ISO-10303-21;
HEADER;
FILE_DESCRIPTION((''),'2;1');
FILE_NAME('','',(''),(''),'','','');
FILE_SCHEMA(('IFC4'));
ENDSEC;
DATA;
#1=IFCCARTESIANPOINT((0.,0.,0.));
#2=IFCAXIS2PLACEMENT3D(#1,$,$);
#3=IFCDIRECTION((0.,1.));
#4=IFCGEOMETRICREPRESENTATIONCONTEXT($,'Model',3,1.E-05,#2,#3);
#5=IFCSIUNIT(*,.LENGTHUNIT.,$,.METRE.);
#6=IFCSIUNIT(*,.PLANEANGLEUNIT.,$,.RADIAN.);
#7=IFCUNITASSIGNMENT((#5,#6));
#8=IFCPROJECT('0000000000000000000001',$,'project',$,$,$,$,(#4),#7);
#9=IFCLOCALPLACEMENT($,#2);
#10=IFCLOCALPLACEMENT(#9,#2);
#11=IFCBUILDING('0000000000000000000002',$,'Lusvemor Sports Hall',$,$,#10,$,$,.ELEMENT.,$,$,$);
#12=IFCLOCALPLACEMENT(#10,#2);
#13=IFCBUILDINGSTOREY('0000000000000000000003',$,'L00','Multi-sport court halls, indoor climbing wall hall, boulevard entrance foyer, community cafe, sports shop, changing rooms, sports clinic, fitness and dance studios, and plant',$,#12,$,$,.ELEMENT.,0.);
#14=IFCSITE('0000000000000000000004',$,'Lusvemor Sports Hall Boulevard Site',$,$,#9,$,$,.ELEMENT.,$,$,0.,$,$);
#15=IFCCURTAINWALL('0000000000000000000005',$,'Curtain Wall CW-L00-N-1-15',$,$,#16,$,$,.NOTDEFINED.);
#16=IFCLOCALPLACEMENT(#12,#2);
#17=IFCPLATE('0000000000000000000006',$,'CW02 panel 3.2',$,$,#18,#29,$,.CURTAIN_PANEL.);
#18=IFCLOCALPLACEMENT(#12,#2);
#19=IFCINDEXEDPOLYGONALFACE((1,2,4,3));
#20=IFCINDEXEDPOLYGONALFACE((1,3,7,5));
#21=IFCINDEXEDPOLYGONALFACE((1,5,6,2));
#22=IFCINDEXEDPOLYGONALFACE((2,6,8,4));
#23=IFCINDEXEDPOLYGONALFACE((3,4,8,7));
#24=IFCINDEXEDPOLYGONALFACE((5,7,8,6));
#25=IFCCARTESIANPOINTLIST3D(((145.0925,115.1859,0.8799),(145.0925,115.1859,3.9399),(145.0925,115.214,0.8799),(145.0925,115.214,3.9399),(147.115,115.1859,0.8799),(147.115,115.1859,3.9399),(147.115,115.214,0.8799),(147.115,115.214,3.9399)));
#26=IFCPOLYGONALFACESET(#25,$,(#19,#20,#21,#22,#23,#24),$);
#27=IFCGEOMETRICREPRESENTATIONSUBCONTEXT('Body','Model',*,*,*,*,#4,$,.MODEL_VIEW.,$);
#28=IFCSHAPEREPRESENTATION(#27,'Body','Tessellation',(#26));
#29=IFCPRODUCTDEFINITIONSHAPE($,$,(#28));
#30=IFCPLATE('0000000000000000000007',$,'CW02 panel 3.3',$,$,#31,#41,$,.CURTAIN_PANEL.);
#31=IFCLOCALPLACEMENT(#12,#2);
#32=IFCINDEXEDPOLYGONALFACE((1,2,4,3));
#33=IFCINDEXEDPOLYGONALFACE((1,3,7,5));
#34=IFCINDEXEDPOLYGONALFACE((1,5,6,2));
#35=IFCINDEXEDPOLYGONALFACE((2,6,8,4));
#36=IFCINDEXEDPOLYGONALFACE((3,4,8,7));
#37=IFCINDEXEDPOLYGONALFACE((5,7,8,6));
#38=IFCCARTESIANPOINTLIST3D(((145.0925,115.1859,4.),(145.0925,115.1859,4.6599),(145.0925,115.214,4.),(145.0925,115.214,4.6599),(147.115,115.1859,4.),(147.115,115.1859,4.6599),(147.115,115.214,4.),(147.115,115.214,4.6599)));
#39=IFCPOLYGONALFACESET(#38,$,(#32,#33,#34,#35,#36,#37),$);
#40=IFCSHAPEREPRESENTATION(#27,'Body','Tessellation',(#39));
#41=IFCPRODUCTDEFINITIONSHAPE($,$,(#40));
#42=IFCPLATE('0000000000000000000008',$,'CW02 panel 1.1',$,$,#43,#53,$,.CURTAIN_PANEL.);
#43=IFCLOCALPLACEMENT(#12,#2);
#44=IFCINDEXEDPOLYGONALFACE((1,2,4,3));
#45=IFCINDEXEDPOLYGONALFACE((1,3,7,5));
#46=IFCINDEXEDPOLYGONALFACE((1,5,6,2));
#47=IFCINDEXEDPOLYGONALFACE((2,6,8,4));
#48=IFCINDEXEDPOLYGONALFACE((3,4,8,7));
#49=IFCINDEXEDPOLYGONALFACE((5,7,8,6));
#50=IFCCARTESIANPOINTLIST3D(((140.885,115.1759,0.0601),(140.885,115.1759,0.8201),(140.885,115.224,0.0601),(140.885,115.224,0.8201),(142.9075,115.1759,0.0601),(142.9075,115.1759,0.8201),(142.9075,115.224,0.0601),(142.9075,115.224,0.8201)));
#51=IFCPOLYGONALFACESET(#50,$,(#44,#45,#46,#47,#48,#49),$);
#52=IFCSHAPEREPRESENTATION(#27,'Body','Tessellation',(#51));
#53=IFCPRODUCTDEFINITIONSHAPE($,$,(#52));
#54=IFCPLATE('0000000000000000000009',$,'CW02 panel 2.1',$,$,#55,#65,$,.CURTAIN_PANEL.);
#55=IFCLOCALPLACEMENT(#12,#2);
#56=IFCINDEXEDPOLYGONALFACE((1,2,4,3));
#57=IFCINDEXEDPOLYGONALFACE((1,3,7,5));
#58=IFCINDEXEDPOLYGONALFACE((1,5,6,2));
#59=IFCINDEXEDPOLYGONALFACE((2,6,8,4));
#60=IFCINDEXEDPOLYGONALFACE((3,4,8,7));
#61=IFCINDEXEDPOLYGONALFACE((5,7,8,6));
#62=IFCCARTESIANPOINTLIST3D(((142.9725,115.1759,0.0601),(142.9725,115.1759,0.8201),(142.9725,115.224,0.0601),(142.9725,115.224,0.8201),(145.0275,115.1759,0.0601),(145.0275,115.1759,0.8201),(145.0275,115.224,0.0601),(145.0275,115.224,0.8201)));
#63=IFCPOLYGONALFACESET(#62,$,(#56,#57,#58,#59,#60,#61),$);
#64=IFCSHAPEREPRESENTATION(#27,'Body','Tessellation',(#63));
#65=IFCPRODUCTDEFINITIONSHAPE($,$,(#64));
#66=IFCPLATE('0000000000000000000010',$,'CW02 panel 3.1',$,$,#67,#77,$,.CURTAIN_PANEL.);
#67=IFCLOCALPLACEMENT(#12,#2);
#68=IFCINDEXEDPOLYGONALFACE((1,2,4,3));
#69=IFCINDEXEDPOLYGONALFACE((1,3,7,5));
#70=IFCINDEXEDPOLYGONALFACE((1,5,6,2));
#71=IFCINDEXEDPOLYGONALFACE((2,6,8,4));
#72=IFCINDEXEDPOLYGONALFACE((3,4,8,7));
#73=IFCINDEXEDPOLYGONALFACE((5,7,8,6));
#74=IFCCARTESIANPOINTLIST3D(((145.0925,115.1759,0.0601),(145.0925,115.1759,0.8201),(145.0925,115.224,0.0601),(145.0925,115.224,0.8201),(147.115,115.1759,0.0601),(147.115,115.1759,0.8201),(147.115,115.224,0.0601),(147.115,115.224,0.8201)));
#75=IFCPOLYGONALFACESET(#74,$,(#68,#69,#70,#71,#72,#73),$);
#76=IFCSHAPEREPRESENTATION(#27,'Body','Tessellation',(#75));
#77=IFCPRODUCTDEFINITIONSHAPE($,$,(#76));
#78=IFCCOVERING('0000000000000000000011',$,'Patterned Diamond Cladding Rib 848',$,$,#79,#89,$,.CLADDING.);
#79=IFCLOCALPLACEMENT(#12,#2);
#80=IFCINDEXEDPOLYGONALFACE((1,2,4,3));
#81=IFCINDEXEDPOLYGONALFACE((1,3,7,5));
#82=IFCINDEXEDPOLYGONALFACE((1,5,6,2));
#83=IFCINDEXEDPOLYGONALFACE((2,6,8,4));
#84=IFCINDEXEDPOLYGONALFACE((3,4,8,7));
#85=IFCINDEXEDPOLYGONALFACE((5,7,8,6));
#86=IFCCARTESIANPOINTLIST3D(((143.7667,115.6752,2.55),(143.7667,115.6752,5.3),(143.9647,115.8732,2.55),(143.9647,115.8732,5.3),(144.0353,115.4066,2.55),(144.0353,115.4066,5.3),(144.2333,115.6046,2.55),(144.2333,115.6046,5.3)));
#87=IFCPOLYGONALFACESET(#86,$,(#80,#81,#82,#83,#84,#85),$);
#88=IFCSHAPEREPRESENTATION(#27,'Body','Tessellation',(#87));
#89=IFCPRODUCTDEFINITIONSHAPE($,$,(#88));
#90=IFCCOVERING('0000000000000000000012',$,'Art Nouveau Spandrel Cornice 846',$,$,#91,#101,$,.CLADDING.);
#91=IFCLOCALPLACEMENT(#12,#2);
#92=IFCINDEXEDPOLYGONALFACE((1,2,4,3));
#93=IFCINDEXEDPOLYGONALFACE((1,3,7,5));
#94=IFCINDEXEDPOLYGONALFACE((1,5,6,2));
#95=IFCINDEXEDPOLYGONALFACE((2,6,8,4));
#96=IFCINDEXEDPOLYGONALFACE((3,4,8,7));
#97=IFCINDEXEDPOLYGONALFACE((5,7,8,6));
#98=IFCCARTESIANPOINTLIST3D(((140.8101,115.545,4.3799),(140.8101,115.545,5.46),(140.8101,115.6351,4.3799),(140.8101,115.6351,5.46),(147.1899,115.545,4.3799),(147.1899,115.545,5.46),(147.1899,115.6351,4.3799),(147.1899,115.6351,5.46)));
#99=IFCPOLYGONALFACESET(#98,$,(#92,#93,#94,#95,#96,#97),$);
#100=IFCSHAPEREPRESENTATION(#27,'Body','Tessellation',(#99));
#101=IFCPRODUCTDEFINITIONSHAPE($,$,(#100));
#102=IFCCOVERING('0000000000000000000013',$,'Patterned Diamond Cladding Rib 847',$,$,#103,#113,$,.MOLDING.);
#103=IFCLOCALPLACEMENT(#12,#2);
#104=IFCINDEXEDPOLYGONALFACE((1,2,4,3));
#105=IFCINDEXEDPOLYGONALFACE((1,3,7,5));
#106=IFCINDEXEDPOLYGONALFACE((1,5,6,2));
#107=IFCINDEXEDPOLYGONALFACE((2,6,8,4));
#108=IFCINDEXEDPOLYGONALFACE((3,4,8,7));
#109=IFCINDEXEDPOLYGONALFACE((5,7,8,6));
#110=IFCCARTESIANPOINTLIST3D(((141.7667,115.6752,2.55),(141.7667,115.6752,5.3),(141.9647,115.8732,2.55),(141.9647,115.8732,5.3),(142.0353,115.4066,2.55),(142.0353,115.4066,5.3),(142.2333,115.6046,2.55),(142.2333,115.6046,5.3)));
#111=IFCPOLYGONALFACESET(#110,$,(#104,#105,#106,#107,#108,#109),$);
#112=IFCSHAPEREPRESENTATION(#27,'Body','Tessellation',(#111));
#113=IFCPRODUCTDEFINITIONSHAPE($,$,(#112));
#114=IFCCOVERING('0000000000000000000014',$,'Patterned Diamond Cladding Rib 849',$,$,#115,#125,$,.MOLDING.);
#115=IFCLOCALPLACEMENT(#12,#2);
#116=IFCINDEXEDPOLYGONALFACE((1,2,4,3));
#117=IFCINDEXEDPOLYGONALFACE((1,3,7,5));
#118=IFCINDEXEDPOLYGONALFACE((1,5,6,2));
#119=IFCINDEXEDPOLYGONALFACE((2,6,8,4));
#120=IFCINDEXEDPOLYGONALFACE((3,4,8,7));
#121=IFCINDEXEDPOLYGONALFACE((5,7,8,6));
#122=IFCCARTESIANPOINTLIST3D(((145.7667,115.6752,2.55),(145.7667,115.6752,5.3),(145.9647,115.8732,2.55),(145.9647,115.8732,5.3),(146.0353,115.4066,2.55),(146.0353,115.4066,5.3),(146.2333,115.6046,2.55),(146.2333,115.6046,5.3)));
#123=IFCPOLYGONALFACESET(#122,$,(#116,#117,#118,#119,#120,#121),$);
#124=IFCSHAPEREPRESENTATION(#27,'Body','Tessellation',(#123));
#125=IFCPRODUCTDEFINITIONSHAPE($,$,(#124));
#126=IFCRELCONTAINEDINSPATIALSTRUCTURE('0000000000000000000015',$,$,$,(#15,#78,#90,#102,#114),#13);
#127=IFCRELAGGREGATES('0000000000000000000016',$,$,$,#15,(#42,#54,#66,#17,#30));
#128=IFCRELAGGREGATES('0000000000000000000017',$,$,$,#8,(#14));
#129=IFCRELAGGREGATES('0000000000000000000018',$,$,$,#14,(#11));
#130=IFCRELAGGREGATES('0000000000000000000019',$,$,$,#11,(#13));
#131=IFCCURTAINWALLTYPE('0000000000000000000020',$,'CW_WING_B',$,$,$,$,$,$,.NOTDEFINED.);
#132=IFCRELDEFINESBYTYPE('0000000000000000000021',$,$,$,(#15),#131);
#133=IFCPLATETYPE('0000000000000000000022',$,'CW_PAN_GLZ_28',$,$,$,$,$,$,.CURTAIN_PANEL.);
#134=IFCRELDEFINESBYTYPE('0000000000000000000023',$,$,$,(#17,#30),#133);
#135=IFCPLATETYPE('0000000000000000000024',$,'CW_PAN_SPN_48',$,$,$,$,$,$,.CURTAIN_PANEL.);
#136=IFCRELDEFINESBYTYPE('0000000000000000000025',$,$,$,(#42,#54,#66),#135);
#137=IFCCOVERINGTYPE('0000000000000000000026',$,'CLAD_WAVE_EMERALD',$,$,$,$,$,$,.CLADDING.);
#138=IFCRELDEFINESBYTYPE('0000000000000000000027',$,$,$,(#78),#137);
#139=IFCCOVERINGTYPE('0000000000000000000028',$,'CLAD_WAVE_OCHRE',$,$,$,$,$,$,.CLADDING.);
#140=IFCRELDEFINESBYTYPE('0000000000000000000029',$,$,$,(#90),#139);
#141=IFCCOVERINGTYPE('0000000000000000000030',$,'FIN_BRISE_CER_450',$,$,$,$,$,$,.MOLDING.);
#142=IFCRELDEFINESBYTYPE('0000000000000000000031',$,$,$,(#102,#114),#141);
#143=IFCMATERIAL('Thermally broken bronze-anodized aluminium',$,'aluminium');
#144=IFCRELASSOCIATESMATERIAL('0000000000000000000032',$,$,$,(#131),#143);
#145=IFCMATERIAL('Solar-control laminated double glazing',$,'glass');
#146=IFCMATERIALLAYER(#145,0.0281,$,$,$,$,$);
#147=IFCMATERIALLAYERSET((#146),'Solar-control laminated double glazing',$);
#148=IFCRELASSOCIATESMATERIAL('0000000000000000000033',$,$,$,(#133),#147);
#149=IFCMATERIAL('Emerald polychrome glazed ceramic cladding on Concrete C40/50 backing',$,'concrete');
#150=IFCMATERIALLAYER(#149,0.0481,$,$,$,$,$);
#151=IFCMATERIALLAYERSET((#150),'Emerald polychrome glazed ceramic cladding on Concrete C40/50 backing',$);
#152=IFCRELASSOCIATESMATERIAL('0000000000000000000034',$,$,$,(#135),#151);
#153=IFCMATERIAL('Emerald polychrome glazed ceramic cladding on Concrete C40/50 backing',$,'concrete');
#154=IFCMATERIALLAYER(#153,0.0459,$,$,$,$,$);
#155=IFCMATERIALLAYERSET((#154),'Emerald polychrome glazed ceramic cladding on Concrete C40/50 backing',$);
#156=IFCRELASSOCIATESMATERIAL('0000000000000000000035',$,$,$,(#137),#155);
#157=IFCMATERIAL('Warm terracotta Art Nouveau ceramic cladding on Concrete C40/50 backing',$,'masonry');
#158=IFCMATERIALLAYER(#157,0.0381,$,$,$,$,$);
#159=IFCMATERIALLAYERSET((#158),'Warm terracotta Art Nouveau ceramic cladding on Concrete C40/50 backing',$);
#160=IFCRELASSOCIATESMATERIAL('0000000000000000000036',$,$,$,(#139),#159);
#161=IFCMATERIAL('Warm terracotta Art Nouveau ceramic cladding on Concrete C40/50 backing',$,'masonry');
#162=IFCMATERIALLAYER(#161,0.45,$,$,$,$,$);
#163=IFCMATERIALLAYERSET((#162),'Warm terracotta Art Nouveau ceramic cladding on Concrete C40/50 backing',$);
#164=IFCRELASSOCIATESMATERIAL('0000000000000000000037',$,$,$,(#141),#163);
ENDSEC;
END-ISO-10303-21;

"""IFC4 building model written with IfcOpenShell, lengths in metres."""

from ifc_helpers import new_model, si_unit, direction, frame, origin, origin_2d, place, context, subcontext, project, spatial, rectangle, extrude, material, layer, layer_set, type_object, element, aggregate, save


model = new_model("IFC4")

# Units and contexts
model_context = context("Model", 3, precision=1e-05, world=origin(), true_north=direction((0.0, 1.0)))
body_context = subcontext(model_context, "Body", "Model", "MODEL_VIEW")
ifc_project = project(units=[si_unit("LENGTHUNIT", "METRE"), si_unit("PLANEANGLEUNIT", "RADIAN")], contexts=[model_context])

# Site, building, storey
site_placement = place(None, origin())
site = spatial("IfcSite", under=ifc_project, at=site_placement, Name="Lusvemor Sports Hall Boulevard Site", CompositionType="ELEMENT", RefElevation=0.0)
building_placement = place(site_placement, origin())
building = spatial("IfcBuilding", under=site, at=building_placement, Name="Lusvemor Sports Hall", CompositionType="ELEMENT")
storey_placement = place(building_placement, origin())
storey = spatial("IfcBuildingStorey", under=building, at=storey_placement, Name="L00", Description="Multi-sport court halls, indoor climbing wall hall, boulevard entrance foyer, community cafe, sports shop, changing rooms, sports clinic, fitness and dance studios, and plant", CompositionType="ELEMENT", Elevation=0.0)

# Curtain wall, plates
ifc_material_1 = material(Name="Thermally broken bronze-anodized aluminium", Category="aluminium")
curtain_wall_type = type_object("IfcCurtainWallType", Name="CW_WING_B", PredefinedType="NOTDEFINED", material=ifc_material_1)
curtain_wall_placement = place(storey_placement, origin())
curtain_wall = element("IfcCurtainWall", 1, at=curtain_wall_placement, inside=storey, type_object=curtain_wall_type, Name="Curtain Wall CW-L00-N-1-15", PredefinedType="NOTDEFINED")
ifc_material_2 = material(Name="Solar-control laminated double glazing", Category="glass")
ifc_layer_1 = layer(ifc_material_2, 0.0281)
ifc_layer_set_1 = layer_set([ifc_layer_1], Name="Solar-control laminated double glazing")
plate_type_1 = type_object("IfcPlateType", Name="CW_PAN_GLZ_28", PredefinedType="CURTAIN_PANEL", material=ifc_layer_set_1)
plate_1_placement = place(storey_placement, frame((146.1038, 115.2, 0.8799), z_axis=(0.0, 0.0, 1.0), x_axis=(1.0, 0.0, 0.0)))
plate_1 = element("IfcPlate", 2, at=plate_1_placement, type_object=plate_type_1, Name="CW02 panel 3.2", PredefinedType="CURTAIN_PANEL", context=body_context, shape_type="SweptSolid", body=[
    extrude(rectangle(XDim=2.0225, YDim=0.0281, at=origin_2d()), origin(), (0.0, 0.0, 1.0), 3.0601),
])
plate_2_placement = place(storey_placement, frame((146.1038, 115.2, 4.0), z_axis=(0.0, 0.0, 1.0), x_axis=(1.0, 0.0, 0.0)))
plate_2 = element("IfcPlate", 3, at=plate_2_placement, type_object=plate_type_1, Name="CW02 panel 3.3", PredefinedType="CURTAIN_PANEL", context=body_context, shape_type="SweptSolid", body=[
    extrude(rectangle(XDim=2.0225, YDim=0.0281, at=origin_2d()), origin(), (0.0, 0.0, 1.0), 0.6599),
])
ifc_material_3 = material(Name="Emerald polychrome glazed ceramic cladding on Concrete C40/50 backing", Category="concrete")
ifc_layer_2 = layer(ifc_material_3, 0.0481)
ifc_layer_set_2 = layer_set([ifc_layer_2], Name="Emerald polychrome glazed ceramic cladding on Concrete C40/50 backing")
plate_type_2 = type_object("IfcPlateType", Name="CW_PAN_SPN_48", PredefinedType="CURTAIN_PANEL", material=ifc_layer_set_2)
plate_3_placement = place(storey_placement, frame((141.8962, 115.2, 0.0601), z_axis=(0.0, 0.0, 1.0), x_axis=(1.0, 0.0, 0.0)))
plate_3 = element("IfcPlate", 4, at=plate_3_placement, type_object=plate_type_2, Name="CW02 panel 1.1", PredefinedType="CURTAIN_PANEL", context=body_context, shape_type="SweptSolid", body=[
    extrude(rectangle(XDim=2.0225, YDim=0.0481, at=origin_2d()), origin(), (0.0, 0.0, 1.0), 0.76),
])
plate_4_placement = place(storey_placement, frame((144.0, 115.2, 0.0601), z_axis=(0.0, 0.0, 1.0), x_axis=(1.0, 0.0, 0.0)))
plate_4 = element("IfcPlate", 5, at=plate_4_placement, type_object=plate_type_2, Name="CW02 panel 2.1", PredefinedType="CURTAIN_PANEL", context=body_context, shape_type="SweptSolid", body=[
    extrude(rectangle(XDim=2.0549, YDim=0.0481, at=origin_2d()), origin(), (0.0, 0.0, 1.0), 0.76),
])
plate_5_placement = place(storey_placement, frame((146.1038, 115.2, 0.0601), z_axis=(0.0, 0.0, 1.0), x_axis=(1.0, 0.0, 0.0)))
plate_5 = element("IfcPlate", 6, at=plate_5_placement, type_object=plate_type_2, Name="CW02 panel 3.1", PredefinedType="CURTAIN_PANEL", context=body_context, shape_type="SweptSolid", body=[
    extrude(rectangle(XDim=2.0225, YDim=0.0481, at=origin_2d()), origin(), (0.0, 0.0, 1.0), 0.76),
])
aggregate(curtain_wall, [plate_3, plate_4, plate_5, plate_1, plate_2])

# Coverings
ifc_material_4 = material(Name="Emerald polychrome glazed ceramic cladding on Concrete C40/50 backing", Category="concrete")
ifc_layer_3 = layer(ifc_material_4, 0.0459)
ifc_layer_set_3 = layer_set([ifc_layer_3], Name="Emerald polychrome glazed ceramic cladding on Concrete C40/50 backing")
covering_type_1 = type_object("IfcCoveringType", Name="CLAD_WAVE_EMERALD", PredefinedType="CLADDING", material=ifc_layer_set_3)
covering_1_placement = place(storey_placement, frame((144.0, 115.6399, 2.55), z_axis=(0.0, 0.0, 1.0), x_axis=(0.707107, 0.707107, 0.0)))
element("IfcCovering", 7, at=covering_1_placement, inside=storey, type_object=covering_type_1, Name="Patterned Diamond Cladding Rib 848", PredefinedType="CLADDING", context=body_context, shape_type="SweptSolid", body=[
    extrude(rectangle(XDim=0.28, YDim=0.3799, at=origin_2d()), origin(), (0.0, 0.0, 1.0), 2.75),
])
ifc_material_5 = material(Name="Warm terracotta Art Nouveau ceramic cladding on Concrete C40/50 backing", Category="masonry")
ifc_layer_4 = layer(ifc_material_5, 0.0381)
ifc_layer_set_4 = layer_set([ifc_layer_4], Name="Warm terracotta Art Nouveau ceramic cladding on Concrete C40/50 backing")
covering_type_2 = type_object("IfcCoveringType", Name="CLAD_WAVE_OCHRE", PredefinedType="CLADDING", material=ifc_layer_set_4)
covering_2_placement = place(storey_placement, frame((144.0, 115.5901, 4.3799), z_axis=(0.0, 0.0, 1.0), x_axis=(1.0, 0.0, 0.0)))
element("IfcCovering", 8, at=covering_2_placement, inside=storey, type_object=covering_type_2, Name="Art Nouveau Spandrel Cornice 846", PredefinedType="CLADDING", context=body_context, shape_type="SweptSolid", body=[
    extrude(rectangle(XDim=6.3799, YDim=0.0901, at=origin_2d()), origin(), (0.0, 0.0, 1.0), 1.0801),
])
ifc_material_6 = material(Name="Warm terracotta Art Nouveau ceramic cladding on Concrete C40/50 backing", Category="masonry")
ifc_layer_5 = layer(ifc_material_6, 0.45)
ifc_layer_set_5 = layer_set([ifc_layer_5], Name="Warm terracotta Art Nouveau ceramic cladding on Concrete C40/50 backing")
covering_type_3 = type_object("IfcCoveringType", Name="FIN_BRISE_CER_450", PredefinedType="MOLDING", material=ifc_layer_set_5)
for number, where, z_axis, x_axis, name in (
    (9, (142.0, 115.6399, 2.55), (0.0, 0.0, 1.0), (0.707107, 0.707107, 0.0), "Patterned Diamond Cladding Rib 847"),
    (10, (146.0, 115.6399, 2.55), (0.0, 0.0, 1.0), (0.707107, 0.707107, 0.0), "Patterned Diamond Cladding Rib 849"),
):
    element("IfcCovering", number, at=place(storey_placement, frame(where, z_axis=z_axis, x_axis=x_axis)), inside=storey, type_object=covering_type_3, Name=name, PredefinedType="MOLDING", context=body_context, shape_type="SweptSolid", body=[
        extrude(rectangle(XDim=0.28, YDim=0.3799, at=origin_2d()), origin(), (0.0, 0.0, 1.0), 2.75),
    ])

save(model, "model.ifc")
